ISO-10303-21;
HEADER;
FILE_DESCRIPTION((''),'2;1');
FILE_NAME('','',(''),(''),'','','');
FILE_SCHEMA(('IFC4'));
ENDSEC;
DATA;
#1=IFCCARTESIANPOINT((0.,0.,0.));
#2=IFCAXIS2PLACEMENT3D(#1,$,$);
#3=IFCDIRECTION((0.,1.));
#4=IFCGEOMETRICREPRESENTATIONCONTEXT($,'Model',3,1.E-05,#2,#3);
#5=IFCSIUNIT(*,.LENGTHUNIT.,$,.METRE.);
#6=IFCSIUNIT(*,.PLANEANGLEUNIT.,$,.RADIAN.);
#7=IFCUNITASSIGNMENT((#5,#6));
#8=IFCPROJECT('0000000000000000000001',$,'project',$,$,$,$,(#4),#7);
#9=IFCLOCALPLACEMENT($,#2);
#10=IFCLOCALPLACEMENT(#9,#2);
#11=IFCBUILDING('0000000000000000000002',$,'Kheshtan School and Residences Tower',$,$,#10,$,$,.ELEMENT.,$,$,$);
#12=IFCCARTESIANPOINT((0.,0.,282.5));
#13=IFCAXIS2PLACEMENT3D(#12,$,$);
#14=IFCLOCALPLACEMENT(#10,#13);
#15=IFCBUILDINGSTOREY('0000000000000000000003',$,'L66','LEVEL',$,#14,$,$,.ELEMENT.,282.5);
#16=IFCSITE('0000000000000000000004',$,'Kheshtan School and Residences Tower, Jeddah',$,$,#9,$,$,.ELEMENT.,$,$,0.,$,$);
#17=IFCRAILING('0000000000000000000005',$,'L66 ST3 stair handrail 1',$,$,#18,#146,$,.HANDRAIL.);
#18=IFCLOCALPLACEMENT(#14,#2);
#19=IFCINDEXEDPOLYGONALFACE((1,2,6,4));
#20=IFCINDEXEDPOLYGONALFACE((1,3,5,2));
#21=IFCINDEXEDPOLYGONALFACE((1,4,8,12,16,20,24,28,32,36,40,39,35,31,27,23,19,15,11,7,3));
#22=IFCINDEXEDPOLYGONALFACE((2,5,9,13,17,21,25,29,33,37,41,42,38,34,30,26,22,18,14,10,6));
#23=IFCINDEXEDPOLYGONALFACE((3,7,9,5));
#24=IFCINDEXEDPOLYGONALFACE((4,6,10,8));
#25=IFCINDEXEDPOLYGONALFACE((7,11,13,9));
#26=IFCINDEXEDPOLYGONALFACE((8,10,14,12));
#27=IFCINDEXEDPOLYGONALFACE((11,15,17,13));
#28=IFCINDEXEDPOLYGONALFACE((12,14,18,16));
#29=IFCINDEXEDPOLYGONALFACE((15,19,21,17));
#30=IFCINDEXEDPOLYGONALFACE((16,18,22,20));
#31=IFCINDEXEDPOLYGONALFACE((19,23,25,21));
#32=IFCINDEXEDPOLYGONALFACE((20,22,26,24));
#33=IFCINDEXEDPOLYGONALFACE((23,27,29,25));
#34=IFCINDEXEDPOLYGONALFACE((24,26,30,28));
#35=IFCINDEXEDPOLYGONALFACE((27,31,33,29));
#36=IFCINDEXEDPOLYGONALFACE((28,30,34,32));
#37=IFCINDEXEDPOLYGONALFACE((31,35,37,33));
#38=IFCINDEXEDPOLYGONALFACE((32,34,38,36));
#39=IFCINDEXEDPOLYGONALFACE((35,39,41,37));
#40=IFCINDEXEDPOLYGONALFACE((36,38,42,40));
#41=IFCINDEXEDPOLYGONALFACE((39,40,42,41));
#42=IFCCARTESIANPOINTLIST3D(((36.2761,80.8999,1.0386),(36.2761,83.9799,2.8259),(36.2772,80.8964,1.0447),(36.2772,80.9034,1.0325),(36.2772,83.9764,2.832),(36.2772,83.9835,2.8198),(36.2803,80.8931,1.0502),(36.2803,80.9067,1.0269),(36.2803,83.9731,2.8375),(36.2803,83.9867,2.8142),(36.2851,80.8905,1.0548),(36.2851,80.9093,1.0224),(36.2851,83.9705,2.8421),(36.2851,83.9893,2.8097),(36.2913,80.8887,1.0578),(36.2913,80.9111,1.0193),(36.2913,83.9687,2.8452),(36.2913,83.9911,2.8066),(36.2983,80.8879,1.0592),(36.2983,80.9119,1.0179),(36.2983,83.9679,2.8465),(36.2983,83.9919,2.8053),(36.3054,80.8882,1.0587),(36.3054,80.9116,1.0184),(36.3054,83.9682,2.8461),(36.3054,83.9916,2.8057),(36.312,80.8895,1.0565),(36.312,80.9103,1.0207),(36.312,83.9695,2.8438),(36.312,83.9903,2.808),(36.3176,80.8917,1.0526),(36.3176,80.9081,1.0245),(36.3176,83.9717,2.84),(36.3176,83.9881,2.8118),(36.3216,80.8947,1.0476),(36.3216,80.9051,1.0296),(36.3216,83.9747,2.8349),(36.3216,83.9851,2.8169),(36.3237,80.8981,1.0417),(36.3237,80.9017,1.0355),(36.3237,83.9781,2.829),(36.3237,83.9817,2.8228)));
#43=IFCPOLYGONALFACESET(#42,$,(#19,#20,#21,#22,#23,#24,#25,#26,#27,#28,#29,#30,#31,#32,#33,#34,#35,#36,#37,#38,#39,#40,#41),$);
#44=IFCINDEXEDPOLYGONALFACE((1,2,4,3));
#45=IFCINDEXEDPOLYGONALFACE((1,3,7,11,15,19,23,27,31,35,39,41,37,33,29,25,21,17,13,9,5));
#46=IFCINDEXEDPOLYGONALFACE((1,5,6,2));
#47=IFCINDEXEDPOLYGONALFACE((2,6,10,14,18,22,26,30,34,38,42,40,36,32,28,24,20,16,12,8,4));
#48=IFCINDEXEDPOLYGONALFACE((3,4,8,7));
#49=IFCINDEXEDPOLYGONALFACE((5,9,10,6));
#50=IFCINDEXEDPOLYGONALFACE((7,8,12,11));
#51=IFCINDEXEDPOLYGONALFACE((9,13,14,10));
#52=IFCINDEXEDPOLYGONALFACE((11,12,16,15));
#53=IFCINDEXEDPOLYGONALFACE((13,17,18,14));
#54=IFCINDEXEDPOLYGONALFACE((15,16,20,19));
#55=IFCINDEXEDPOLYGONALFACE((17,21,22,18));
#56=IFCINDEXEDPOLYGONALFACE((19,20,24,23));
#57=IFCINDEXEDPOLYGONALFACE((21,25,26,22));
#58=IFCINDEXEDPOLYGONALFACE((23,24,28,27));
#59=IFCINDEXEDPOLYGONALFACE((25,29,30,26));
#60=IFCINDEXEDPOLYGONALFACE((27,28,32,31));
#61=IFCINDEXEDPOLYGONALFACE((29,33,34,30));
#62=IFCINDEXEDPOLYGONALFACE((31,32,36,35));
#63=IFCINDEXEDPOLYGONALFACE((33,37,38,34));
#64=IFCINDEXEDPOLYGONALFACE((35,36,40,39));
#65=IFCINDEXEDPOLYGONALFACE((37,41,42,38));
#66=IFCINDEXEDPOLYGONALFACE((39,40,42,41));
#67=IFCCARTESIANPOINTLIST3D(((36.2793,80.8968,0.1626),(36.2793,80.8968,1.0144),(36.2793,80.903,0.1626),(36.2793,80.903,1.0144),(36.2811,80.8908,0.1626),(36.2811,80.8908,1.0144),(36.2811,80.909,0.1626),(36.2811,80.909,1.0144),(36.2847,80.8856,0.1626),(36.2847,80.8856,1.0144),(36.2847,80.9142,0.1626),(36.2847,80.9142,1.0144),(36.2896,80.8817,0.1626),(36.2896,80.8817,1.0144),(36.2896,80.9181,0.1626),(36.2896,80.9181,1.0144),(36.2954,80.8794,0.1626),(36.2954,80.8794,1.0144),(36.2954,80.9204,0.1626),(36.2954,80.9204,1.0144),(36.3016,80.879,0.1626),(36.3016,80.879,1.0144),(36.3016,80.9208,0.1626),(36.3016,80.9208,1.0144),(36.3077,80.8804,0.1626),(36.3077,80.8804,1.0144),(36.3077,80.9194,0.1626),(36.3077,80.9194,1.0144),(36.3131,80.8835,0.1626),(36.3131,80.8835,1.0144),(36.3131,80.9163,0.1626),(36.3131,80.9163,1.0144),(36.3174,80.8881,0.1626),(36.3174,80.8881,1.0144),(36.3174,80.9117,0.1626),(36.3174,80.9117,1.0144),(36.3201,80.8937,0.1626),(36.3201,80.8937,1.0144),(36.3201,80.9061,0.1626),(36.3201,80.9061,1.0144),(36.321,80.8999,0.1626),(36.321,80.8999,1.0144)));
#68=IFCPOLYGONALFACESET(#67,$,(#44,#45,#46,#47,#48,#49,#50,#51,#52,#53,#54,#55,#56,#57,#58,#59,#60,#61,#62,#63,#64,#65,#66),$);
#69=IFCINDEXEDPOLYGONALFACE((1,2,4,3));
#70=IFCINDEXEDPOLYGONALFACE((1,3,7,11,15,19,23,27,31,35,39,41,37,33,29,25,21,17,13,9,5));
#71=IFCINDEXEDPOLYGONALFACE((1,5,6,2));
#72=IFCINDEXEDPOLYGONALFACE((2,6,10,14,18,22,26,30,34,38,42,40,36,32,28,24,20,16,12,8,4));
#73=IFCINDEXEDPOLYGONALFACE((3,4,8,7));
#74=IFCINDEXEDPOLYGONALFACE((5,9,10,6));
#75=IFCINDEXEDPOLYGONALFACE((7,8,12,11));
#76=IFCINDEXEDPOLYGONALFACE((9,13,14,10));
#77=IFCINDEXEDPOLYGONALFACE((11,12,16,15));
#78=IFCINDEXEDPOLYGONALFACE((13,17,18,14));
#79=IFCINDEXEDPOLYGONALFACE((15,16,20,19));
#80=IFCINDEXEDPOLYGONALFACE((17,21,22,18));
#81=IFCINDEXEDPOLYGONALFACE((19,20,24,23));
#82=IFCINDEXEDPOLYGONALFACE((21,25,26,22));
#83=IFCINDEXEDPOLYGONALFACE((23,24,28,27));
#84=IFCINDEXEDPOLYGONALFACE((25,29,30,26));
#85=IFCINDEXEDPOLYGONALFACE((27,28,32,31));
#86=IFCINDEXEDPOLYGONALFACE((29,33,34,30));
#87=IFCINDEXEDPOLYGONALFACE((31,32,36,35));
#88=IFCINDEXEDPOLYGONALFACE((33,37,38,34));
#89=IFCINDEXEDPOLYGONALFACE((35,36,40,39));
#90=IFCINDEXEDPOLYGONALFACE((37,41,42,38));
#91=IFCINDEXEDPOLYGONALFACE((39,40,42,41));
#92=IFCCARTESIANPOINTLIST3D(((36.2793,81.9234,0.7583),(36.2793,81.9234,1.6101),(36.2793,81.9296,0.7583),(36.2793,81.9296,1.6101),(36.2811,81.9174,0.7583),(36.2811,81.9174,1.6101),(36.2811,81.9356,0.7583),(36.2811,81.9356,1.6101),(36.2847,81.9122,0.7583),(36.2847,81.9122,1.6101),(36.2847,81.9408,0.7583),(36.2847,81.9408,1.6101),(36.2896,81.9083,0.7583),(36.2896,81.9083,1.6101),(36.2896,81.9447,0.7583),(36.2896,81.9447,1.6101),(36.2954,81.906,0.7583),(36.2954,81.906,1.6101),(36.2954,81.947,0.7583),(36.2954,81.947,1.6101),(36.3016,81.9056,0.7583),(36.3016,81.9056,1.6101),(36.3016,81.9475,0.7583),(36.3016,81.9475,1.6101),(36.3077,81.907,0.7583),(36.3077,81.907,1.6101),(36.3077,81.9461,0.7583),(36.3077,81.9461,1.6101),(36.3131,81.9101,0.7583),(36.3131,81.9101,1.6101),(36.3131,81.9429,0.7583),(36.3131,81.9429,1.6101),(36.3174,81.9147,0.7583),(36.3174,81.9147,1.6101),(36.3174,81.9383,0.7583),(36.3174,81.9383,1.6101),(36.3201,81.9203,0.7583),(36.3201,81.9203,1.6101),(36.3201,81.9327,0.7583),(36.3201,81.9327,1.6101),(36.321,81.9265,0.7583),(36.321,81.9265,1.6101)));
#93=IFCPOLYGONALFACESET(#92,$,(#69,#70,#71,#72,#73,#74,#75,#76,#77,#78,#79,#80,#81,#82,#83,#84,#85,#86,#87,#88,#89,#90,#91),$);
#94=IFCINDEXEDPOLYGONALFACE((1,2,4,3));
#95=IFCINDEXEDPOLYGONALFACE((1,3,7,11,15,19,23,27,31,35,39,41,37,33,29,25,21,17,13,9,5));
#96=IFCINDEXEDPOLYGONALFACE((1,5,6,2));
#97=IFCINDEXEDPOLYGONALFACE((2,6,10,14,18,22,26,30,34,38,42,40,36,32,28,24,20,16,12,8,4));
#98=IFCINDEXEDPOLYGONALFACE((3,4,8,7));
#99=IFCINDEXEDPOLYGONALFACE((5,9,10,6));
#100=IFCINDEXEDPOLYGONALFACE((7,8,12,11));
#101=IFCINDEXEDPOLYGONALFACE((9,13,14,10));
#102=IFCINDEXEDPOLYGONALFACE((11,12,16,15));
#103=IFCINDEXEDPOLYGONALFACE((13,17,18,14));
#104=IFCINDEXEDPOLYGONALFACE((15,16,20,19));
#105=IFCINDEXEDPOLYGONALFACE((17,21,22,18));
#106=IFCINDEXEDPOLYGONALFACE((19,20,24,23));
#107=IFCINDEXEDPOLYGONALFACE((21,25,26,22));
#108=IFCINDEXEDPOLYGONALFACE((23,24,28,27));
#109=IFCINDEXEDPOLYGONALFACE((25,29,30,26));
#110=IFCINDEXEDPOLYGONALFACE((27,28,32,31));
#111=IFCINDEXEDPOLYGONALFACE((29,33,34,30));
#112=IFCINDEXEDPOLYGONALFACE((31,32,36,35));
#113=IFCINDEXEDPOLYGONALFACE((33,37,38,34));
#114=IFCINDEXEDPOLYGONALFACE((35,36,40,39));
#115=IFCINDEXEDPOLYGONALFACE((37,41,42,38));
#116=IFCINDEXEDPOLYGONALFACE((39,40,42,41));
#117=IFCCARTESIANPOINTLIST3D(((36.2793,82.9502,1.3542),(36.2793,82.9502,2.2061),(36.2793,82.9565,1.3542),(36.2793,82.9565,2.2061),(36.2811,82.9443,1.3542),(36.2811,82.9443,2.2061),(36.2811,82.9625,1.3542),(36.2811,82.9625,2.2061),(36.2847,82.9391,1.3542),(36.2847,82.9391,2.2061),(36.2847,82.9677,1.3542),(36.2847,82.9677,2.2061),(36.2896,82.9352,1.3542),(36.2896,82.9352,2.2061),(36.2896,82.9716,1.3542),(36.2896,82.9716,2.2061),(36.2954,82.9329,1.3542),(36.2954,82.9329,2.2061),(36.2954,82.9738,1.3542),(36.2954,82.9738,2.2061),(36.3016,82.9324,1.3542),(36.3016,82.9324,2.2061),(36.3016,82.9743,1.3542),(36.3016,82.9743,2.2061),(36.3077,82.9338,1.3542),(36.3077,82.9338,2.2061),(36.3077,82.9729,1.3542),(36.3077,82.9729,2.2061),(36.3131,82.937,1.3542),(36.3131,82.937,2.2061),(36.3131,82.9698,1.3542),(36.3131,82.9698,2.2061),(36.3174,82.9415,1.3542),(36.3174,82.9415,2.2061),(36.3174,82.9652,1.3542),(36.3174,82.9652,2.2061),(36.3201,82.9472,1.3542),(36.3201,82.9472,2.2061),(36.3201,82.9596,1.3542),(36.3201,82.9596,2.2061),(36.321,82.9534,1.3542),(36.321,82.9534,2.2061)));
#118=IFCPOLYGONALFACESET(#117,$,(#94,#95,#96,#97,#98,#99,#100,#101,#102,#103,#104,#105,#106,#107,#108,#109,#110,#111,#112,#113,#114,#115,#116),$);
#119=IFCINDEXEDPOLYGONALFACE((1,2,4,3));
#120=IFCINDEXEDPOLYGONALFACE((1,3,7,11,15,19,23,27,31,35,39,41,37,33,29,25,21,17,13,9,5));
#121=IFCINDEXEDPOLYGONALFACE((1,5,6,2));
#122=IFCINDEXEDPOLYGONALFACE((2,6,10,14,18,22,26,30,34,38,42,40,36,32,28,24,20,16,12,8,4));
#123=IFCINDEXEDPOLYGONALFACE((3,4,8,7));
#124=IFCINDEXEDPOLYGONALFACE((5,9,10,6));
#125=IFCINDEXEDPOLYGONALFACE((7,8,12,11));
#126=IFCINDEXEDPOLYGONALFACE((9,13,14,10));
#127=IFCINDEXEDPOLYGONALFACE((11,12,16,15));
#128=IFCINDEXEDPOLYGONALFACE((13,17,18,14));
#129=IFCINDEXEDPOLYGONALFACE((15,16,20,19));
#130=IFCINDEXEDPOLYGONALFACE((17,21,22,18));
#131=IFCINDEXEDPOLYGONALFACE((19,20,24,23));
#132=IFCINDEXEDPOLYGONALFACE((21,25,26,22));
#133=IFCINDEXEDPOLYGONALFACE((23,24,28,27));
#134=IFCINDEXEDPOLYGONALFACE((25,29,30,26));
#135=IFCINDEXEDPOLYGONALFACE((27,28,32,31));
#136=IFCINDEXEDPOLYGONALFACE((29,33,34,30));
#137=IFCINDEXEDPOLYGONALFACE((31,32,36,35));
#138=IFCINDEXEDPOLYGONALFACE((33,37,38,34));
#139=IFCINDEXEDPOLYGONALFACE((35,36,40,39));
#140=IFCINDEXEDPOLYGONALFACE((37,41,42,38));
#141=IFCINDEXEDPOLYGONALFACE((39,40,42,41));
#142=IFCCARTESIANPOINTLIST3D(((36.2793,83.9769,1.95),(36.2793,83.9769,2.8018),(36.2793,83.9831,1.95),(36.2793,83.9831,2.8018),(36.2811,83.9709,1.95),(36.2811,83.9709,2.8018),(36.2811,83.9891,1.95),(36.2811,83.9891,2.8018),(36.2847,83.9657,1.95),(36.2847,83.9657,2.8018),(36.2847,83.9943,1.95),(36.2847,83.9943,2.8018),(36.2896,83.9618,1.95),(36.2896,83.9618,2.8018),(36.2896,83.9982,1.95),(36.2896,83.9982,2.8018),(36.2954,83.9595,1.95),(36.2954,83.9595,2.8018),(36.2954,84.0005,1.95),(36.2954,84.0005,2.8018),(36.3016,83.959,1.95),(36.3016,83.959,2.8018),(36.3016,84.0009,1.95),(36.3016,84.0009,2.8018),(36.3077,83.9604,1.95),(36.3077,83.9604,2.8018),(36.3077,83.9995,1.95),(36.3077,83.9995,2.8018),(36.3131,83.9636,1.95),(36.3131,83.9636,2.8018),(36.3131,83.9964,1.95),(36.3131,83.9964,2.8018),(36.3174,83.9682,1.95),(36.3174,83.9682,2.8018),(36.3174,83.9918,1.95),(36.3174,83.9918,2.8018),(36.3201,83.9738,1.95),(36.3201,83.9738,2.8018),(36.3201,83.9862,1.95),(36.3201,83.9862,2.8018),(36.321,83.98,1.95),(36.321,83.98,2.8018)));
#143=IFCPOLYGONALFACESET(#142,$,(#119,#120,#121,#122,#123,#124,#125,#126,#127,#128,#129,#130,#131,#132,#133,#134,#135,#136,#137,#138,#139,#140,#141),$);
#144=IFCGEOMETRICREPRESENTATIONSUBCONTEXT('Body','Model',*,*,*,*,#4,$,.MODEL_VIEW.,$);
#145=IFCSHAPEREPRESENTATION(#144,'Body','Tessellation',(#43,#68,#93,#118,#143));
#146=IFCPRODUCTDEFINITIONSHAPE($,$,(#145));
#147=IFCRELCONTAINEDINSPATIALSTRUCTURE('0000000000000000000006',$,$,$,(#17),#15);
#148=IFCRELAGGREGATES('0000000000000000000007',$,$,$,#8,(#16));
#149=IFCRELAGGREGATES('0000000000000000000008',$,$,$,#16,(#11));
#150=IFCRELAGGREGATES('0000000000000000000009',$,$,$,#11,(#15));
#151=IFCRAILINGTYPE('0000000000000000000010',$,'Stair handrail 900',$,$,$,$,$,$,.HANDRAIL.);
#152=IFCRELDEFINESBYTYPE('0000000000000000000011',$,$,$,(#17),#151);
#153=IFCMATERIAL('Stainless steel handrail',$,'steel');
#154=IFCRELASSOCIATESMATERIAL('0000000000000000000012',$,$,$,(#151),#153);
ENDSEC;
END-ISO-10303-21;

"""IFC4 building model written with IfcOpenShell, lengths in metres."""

from ifc_helpers import new_model, si_unit, direction, frame, origin, origin_2d, place, context, subcontext, project, spatial, circle, extrude, material, type_object, element, save


model = new_model("IFC4")

# Units and contexts
model_context = context("Model", 3, precision=1e-05, world=origin(), true_north=direction((0.0, 1.0)))
body_context = subcontext(model_context, "Body", "Model", "MODEL_VIEW")
ifc_project = project(units=[si_unit("LENGTHUNIT", "METRE"), si_unit("PLANEANGLEUNIT", "RADIAN")], contexts=[model_context])

# Site, building, storey
site_placement = place(None, origin())
site = spatial("IfcSite", under=ifc_project, at=site_placement, Name="Kheshtan School and Residences Tower, Jeddah", CompositionType="ELEMENT", RefElevation=0.0)
building_placement = place(site_placement, origin())
building = spatial("IfcBuilding", under=site, at=building_placement, Name="Kheshtan School and Residences Tower", CompositionType="ELEMENT")
storey_placement = place(building_placement, frame((0.0, 0.0, 282.5)))
storey = spatial("IfcBuildingStorey", under=building, at=storey_placement, Name="L66", Description="LEVEL", CompositionType="ELEMENT", Elevation=282.5)

# Railing
ifc_material_1 = material(Name="Stainless steel handrail", Category="steel")
railing_type_1 = type_object("IfcRailingType", Name="Stair handrail 900", PredefinedType="HANDRAIL", material=ifc_material_1)
railing_1_placement = place(storey_placement, frame((36.3, 80.8999, 0.1626)))
element("IfcRailing", 1, at=railing_1_placement, inside=storey, type_object=railing_type_1, Name="L66 ST3 stair handrail 1", PredefinedType="HANDRAIL", context=body_context, shape_type="SweptSolid", body=[
    extrude(circle(Radius=0.0239, at=origin_2d()), frame((0.0, 0.0, 0.876), z_axis=(0.0, 0.86492, 0.501909), x_axis=(-1.0, 0.0, 0.0)), (0.0, 0.0, 1.0), 3.561),
    extrude(circle(Radius=0.021, at=origin_2d()), origin(), (0.0, 0.0, 1.0), 0.8518),
    extrude(circle(Radius=0.021, at=origin_2d()), frame((0.0, 1.0266, 0.5957)), (0.0, 0.0, 1.0), 0.8518),
    extrude(circle(Radius=0.021, at=origin_2d()), frame((0.0, 2.0535, 1.1917)), (0.0, 0.0, 1.0), 0.8518),
    extrude(circle(Radius=0.021, at=origin_2d()), frame((0.0, 3.0801, 1.7874)), (0.0, 0.0, 1.0), 0.8518),
])

save(model, "model.ifc")
